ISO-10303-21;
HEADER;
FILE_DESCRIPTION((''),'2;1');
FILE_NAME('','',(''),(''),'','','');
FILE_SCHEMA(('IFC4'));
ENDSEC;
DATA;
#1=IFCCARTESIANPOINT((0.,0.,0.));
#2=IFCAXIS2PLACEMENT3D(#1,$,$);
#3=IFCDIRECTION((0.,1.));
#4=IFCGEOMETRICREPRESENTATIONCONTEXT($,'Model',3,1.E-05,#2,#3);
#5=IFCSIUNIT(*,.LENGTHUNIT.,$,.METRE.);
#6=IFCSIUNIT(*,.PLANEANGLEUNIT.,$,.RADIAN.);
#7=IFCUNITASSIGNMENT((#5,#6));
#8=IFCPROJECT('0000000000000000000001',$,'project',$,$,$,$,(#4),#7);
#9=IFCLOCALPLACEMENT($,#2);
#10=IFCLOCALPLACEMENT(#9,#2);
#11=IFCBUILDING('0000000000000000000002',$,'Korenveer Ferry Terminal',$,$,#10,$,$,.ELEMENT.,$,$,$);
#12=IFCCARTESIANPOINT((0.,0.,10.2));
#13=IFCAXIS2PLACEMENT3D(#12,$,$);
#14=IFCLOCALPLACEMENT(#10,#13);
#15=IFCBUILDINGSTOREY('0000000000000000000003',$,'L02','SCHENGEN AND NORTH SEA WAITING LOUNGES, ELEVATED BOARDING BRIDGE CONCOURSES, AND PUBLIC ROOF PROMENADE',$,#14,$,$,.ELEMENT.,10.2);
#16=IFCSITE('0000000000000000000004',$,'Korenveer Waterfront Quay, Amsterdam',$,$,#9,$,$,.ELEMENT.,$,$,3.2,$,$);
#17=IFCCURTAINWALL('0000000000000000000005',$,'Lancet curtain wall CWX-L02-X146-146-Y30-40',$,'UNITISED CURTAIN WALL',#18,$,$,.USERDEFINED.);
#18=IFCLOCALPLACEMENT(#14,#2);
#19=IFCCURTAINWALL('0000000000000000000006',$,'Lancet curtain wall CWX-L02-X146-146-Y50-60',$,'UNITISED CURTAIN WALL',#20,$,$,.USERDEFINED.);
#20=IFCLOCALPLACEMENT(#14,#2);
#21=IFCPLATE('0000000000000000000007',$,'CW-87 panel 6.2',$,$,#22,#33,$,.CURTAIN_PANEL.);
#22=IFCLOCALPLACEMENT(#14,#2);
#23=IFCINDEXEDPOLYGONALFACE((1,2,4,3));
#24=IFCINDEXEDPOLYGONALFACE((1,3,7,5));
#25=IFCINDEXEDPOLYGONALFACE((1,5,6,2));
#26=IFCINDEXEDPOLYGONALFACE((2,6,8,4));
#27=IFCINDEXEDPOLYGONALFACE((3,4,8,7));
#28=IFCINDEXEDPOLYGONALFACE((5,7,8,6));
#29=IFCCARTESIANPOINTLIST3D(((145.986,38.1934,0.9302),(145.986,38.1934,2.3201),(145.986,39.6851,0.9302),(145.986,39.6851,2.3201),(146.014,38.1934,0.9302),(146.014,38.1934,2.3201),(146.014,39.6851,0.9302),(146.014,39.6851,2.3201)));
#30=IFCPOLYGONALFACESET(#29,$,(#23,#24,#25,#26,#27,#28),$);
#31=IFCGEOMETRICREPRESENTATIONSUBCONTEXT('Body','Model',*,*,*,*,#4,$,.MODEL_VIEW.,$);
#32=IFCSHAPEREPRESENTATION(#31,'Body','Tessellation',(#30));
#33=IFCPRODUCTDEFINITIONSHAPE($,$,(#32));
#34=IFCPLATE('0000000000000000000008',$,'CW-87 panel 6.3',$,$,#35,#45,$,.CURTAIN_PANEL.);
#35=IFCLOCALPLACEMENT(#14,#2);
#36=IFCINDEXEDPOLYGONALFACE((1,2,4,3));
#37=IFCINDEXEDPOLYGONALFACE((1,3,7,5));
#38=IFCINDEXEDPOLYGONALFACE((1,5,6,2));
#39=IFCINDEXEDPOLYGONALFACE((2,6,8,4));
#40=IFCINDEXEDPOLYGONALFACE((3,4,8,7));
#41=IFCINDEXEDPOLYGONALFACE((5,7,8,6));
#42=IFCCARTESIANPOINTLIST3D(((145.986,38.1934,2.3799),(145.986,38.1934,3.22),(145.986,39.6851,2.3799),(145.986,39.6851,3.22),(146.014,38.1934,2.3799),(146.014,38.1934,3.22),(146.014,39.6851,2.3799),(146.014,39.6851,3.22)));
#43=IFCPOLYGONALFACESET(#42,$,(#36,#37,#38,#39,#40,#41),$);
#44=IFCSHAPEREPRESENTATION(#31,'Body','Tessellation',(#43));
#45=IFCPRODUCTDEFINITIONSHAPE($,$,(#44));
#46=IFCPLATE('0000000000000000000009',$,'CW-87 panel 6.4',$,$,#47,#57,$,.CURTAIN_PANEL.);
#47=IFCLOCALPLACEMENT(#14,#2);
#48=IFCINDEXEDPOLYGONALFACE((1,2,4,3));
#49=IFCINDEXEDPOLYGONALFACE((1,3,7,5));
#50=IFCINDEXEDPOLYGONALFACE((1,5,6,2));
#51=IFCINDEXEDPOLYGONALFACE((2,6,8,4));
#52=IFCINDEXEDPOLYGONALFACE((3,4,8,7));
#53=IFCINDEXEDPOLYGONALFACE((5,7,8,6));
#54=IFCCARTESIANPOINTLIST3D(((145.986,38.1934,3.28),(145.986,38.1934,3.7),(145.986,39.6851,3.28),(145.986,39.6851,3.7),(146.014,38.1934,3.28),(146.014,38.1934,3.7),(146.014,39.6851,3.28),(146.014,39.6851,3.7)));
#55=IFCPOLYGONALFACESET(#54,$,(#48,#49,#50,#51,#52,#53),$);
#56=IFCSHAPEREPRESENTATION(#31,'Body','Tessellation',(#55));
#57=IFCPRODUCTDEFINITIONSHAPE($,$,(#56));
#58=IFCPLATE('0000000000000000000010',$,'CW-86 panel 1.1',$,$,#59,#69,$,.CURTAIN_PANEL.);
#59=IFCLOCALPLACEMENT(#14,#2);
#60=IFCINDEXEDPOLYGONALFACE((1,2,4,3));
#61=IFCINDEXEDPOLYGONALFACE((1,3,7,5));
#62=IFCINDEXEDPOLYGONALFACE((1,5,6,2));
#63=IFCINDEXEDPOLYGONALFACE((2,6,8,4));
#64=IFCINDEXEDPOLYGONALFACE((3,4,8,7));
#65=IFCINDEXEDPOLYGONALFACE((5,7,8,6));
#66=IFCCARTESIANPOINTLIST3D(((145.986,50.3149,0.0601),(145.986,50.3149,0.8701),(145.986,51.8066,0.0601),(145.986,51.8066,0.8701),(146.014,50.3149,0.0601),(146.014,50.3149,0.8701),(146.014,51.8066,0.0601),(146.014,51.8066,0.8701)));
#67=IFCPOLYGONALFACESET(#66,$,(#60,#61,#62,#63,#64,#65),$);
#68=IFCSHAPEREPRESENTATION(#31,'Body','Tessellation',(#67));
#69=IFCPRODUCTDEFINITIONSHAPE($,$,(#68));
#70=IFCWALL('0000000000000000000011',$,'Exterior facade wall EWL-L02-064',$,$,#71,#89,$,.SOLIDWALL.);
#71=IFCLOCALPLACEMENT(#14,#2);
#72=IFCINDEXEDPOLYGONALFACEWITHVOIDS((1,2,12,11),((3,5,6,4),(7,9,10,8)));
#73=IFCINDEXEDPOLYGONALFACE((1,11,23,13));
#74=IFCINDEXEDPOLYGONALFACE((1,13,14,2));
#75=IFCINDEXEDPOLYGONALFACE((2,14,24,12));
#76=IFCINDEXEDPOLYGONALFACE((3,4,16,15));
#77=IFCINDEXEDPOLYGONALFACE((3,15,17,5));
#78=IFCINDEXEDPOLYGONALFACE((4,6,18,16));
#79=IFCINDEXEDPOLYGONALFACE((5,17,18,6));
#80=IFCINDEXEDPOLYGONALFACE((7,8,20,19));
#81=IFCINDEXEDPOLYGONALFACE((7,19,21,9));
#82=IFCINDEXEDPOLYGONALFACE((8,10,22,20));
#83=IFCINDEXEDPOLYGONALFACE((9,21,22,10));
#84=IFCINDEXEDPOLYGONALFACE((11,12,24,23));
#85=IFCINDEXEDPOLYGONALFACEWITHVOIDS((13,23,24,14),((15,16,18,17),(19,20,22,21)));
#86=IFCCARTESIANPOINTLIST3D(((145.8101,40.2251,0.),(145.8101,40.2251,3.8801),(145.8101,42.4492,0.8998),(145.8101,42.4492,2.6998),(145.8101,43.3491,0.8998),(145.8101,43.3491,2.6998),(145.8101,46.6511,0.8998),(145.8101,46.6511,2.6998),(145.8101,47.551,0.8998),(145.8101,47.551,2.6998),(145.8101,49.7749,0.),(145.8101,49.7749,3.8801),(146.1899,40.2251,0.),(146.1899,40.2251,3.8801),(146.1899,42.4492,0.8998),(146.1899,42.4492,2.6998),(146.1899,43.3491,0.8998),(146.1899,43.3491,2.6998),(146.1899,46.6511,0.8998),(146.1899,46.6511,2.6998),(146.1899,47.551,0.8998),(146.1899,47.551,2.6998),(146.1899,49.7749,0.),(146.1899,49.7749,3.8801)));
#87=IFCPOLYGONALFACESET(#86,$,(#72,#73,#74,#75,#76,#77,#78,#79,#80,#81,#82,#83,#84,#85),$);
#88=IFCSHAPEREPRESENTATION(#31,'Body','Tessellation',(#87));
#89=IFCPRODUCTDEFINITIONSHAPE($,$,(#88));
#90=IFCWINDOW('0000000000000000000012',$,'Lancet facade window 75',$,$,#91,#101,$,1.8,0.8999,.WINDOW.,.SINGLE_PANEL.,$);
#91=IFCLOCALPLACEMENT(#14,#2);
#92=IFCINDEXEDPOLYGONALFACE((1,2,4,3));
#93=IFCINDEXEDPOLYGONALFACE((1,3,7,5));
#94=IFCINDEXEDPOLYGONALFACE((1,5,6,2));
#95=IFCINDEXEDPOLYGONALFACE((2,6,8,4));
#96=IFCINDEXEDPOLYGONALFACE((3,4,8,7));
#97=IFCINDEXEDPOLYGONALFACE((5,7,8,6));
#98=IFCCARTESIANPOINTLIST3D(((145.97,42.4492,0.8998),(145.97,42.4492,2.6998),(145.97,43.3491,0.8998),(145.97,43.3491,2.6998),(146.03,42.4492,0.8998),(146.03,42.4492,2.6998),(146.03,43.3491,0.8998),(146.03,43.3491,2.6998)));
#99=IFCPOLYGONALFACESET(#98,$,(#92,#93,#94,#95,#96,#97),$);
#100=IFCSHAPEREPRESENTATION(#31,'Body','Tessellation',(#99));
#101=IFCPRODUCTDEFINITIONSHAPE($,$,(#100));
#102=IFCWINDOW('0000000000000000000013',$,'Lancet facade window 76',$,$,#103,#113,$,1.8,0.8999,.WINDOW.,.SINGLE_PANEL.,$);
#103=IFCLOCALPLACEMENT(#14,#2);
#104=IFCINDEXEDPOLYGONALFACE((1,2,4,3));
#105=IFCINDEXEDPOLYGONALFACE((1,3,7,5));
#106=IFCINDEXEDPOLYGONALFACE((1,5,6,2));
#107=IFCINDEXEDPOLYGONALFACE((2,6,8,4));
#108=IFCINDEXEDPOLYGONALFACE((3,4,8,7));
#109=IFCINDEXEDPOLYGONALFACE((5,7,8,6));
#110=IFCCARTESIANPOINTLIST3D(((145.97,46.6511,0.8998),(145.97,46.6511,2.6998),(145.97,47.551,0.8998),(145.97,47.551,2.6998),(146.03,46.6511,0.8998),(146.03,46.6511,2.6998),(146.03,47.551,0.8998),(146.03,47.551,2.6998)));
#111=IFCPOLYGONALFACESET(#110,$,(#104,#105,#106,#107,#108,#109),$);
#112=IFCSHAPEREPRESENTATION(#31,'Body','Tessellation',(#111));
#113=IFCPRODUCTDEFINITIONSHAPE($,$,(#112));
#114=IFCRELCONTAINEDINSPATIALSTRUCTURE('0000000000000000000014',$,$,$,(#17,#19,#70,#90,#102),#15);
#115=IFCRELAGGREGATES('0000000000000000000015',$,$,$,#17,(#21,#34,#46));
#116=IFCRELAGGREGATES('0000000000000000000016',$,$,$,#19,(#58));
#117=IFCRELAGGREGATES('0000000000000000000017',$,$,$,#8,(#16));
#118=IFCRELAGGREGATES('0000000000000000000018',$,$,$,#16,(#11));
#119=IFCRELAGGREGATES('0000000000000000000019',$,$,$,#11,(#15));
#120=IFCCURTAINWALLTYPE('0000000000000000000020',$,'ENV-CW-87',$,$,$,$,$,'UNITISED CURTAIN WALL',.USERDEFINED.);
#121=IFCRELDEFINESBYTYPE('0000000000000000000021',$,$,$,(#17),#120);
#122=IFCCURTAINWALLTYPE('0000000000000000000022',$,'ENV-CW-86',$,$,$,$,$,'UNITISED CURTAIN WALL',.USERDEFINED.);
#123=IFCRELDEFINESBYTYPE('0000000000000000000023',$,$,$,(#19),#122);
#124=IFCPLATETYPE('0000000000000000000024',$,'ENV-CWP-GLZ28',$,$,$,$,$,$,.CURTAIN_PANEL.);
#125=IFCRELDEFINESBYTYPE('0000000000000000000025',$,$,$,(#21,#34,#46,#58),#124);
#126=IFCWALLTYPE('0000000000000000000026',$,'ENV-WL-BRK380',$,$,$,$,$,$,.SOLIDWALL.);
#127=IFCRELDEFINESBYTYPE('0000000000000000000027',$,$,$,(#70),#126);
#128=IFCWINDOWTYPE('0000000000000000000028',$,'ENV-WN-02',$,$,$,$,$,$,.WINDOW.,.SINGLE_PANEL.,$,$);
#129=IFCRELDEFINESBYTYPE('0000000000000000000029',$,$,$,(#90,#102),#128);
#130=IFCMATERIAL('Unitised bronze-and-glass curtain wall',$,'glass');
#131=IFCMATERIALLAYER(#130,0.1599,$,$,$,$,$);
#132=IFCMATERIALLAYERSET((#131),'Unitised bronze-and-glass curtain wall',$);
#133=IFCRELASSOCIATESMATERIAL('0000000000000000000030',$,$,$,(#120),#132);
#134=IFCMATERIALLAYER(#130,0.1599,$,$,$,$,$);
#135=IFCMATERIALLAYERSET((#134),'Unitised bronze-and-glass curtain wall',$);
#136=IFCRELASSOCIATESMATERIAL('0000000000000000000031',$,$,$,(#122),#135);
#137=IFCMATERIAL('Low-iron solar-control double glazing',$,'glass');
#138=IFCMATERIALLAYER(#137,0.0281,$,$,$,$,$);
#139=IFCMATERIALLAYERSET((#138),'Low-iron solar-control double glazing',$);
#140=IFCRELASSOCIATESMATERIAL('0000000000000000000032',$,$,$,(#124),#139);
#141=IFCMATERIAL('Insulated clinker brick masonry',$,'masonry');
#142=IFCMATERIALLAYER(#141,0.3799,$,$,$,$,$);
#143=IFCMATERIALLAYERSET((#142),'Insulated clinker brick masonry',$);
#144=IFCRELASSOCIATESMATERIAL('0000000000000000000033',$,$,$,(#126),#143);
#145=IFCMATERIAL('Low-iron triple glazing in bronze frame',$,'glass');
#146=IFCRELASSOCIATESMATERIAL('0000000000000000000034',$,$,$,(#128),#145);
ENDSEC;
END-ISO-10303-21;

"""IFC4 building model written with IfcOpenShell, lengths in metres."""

from ifc_helpers import new_model, si_unit, direction, frame, frame_2d, origin, origin_2d, place, context, subcontext, project, spatial, rectangle, extrude, material, layer, layer_set, type_object, element, fill, aggregate, save


model = new_model("IFC4")

# Units and contexts
model_context = context("Model", 3, precision=1e-05, world=origin(), true_north=direction((0.0, 1.0)))
body_context = subcontext(model_context, "Body", "Model", "MODEL_VIEW")
ifc_project = project(units=[si_unit("LENGTHUNIT", "METRE"), si_unit("PLANEANGLEUNIT", "RADIAN")], contexts=[model_context])

# Site, building, storey
site_placement = place(None, origin())
site = spatial("IfcSite", under=ifc_project, at=site_placement, Name="Korenveer Waterfront Quay, Amsterdam", CompositionType="ELEMENT", RefElevation=3.2)
building_placement = place(site_placement, origin())
building = spatial("IfcBuilding", under=site, at=building_placement, Name="Korenveer Ferry Terminal", CompositionType="ELEMENT")
storey_placement = place(building_placement, frame((0.0, 0.0, 10.2)))
storey = spatial("IfcBuildingStorey", under=building, at=storey_placement, Name="L02", Description="SCHENGEN AND NORTH SEA WAITING LOUNGES, ELEVATED BOARDING BRIDGE CONCOURSES, AND PUBLIC ROOF PROMENADE", CompositionType="ELEMENT", Elevation=10.2)

# Curtain wall
ifc_material_1 = material(Name="Unitised bronze-and-glass curtain wall", Category="glass")
ifc_layer_1 = layer(ifc_material_1, 0.1599)
ifc_layer_set_1 = layer_set([ifc_layer_1], Name="Unitised bronze-and-glass curtain wall")
curtain_wall_type_1 = type_object("IfcCurtainWallType", Name="ENV-CW-87", ElementType="UNITISED CURTAIN WALL", PredefinedType="USERDEFINED", material=ifc_layer_set_1)
curtain_wall_1_placement = place(storey_placement, frame((146.0, 30.2549, 0.0)))
curtain_wall_1 = element("IfcCurtainWall", 1, at=curtain_wall_1_placement, inside=storey, type_object=curtain_wall_type_1, Name="Lancet curtain wall CWX-L02-X146-146-Y30-40", ObjectType="UNITISED CURTAIN WALL", PredefinedType="USERDEFINED")

# Curtain wall
ifc_layer_2 = layer(ifc_material_1, 0.1599)
ifc_layer_set_2 = layer_set([ifc_layer_2], Name="Unitised bronze-and-glass curtain wall")
curtain_wall_type_2 = type_object("IfcCurtainWallType", Name="ENV-CW-86", ElementType="UNITISED CURTAIN WALL", PredefinedType="USERDEFINED", material=ifc_layer_set_2)
curtain_wall_2_placement = place(storey_placement, frame((146.0, 50.2549, 0.0)))
curtain_wall_2 = element("IfcCurtainWall", 2, at=curtain_wall_2_placement, inside=storey, type_object=curtain_wall_type_2, Name="Lancet curtain wall CWX-L02-X146-146-Y50-60", ObjectType="UNITISED CURTAIN WALL", PredefinedType="USERDEFINED")

# Plates
ifc_material_2 = material(Name="Low-iron solar-control double glazing", Category="glass")
ifc_layer_3 = layer(ifc_material_2, 0.0281)
ifc_layer_set_3 = layer_set([ifc_layer_3], Name="Low-iron solar-control double glazing")
plate_type = type_object("IfcPlateType", Name="ENV-CWP-GLZ28", PredefinedType="CURTAIN_PANEL", material=ifc_layer_set_3)
plate_1_placement = place(storey_placement, frame((146.0, 38.9392, 0.9302), z_axis=(0.0, 0.0, 1.0), x_axis=(0.0, 1.0, 0.0)))
plate_1 = element("IfcPlate", 3, at=plate_1_placement, type_object=plate_type, Name="CW-87 panel 6.2", PredefinedType="CURTAIN_PANEL", context=body_context, shape_type="SweptSolid", body=[
    extrude(rectangle(XDim=1.4917, YDim=0.0281, at=origin_2d()), origin(), (0.0, 0.0, 1.0), 1.3899),
])
plate_2_placement = place(storey_placement, frame((146.0, 38.9392, 2.3799), z_axis=(0.0, 0.0, 1.0), x_axis=(0.0, 1.0, 0.0)))
plate_2 = element("IfcPlate", 4, at=plate_2_placement, type_object=plate_type, Name="CW-87 panel 6.3", PredefinedType="CURTAIN_PANEL", context=body_context, shape_type="SweptSolid", body=[
    extrude(rectangle(XDim=1.4917, YDim=0.0281, at=origin_2d()), origin(), (0.0, 0.0, 1.0), 0.8401),
])
plate_3_placement = place(storey_placement, frame((146.0, 38.9392, 3.28), z_axis=(0.0, 0.0, 1.0), x_axis=(0.0, 1.0, 0.0)))
plate_3 = element("IfcPlate", 5, at=plate_3_placement, type_object=plate_type, Name="CW-87 panel 6.4", PredefinedType="CURTAIN_PANEL", context=body_context, shape_type="SweptSolid", body=[
    extrude(rectangle(XDim=1.4917, YDim=0.0281, at=origin_2d()), origin(), (0.0, 0.0, 1.0), 0.4199),
])
aggregate(curtain_wall_1, [plate_1, plate_2, plate_3])
plate_4_placement = place(storey_placement, frame((146.0, 51.0608, 0.0601), z_axis=(0.0, 0.0, 1.0), x_axis=(0.0, 1.0, 0.0)))
plate_4 = element("IfcPlate", 6, at=plate_4_placement, type_object=plate_type, Name="CW-86 panel 1.1", PredefinedType="CURTAIN_PANEL", context=body_context, shape_type="SweptSolid", body=[
    extrude(rectangle(XDim=1.4917, YDim=0.0281, at=origin_2d()), origin(), (0.0, 0.0, 1.0), 0.8101),
])
aggregate(curtain_wall_2, [plate_4])

# Wall, openings, windows
ifc_material_3 = material(Name="Insulated clinker brick masonry", Category="masonry")
ifc_layer_4 = layer(ifc_material_3, 0.3799)
ifc_layer_set_4 = layer_set([ifc_layer_4], Name="Insulated clinker brick masonry")
wall_type = type_object("IfcWallType", Name="ENV-WL-BRK380", PredefinedType="SOLIDWALL", material=ifc_layer_set_4)
wall_placement = place(storey_placement, frame((146.0, 40.2251, 0.0), z_axis=(0.0, 0.0, 1.0), x_axis=(0.0, 1.0, 0.0)))
wall = element("IfcWall", 7, at=wall_placement, inside=storey, type_object=wall_type, Name="Exterior facade wall EWL-L02-064", PredefinedType="SOLIDWALL", context=body_context, shape_type="SweptSolid", body=[
    extrude(rectangle(XDim=9.5498, YDim=0.3799, at=frame_2d((4.7749, 0.0))), origin(), (0.0, 0.0, 1.0), 3.8801),
])
opening_1_placement = place(wall_placement, frame((2.2241, 0.0, 0.8999)))
opening_1 = element("IfcOpeningElement", 8, at=opening_1_placement, cuts=wall, PredefinedType="OPENING", context=body_context, shape_type="SweptSolid", body=[
    extrude(rectangle(XDim=0.8999, YDim=1.8, at=frame_2d((0.45, 0.8999))), frame((0.0, 0.2, 0.0), z_axis=(0.0, -1.0, 0.0), x_axis=(1.0, 0.0, 0.0)), (0.0, 0.0, 1.0), 0.3999),
])
opening_2_placement = place(wall_placement, frame((6.426, 0.0, 0.8999)))
opening_2 = element("IfcOpeningElement", 9, at=opening_2_placement, cuts=wall, PredefinedType="OPENING", context=body_context, shape_type="SweptSolid", body=[
    extrude(rectangle(XDim=0.8999, YDim=1.8, at=frame_2d((0.45, 0.8999))), frame((0.0, 0.2, 0.0), z_axis=(0.0, -1.0, 0.0), x_axis=(1.0, 0.0, 0.0)), (0.0, 0.0, 1.0), 0.3999),
])
ifc_material_4 = material(Name="Low-iron triple glazing in bronze frame", Category="glass")
window_type = type_object("IfcWindowType", Name="ENV-WN-02", PartitioningType="SINGLE_PANEL", PredefinedType="WINDOW", material=ifc_material_4)
window_1_placement = place(opening_1_placement, origin())
window_1 = element("IfcWindow", 10, at=window_1_placement, inside=storey, type_object=window_type, Name="Lancet facade window 75", OverallHeight=1.8, OverallWidth=0.8999, PartitioningType="SINGLE_PANEL", PredefinedType="WINDOW", context=body_context, shape_type="SweptSolid", body=[
    extrude(rectangle(XDim=0.8999, YDim=1.8, at=frame_2d((0.45, 0.8999))), frame((0.0, 0.03, 0.0), z_axis=(0.0, -1.0, 0.0), x_axis=(1.0, 0.0, 0.0)), (0.0, 0.0, 1.0), 0.0601),
])
fill(opening_1, window_1)
window_2_placement = place(opening_2_placement, origin())
window_2 = element("IfcWindow", 11, at=window_2_placement, inside=storey, type_object=window_type, Name="Lancet facade window 76", OverallHeight=1.8, OverallWidth=0.8999, PartitioningType="SINGLE_PANEL", PredefinedType="WINDOW", context=body_context, shape_type="SweptSolid", body=[
    extrude(rectangle(XDim=0.8999, YDim=1.8, at=frame_2d((0.45, 0.8999))), frame((0.0, 0.03, 0.0), z_axis=(0.0, -1.0, 0.0), x_axis=(1.0, 0.0, 0.0)), (0.0, 0.0, 1.0), 0.0601),
])
fill(opening_2, window_2)

save(model, "model.ifc")
